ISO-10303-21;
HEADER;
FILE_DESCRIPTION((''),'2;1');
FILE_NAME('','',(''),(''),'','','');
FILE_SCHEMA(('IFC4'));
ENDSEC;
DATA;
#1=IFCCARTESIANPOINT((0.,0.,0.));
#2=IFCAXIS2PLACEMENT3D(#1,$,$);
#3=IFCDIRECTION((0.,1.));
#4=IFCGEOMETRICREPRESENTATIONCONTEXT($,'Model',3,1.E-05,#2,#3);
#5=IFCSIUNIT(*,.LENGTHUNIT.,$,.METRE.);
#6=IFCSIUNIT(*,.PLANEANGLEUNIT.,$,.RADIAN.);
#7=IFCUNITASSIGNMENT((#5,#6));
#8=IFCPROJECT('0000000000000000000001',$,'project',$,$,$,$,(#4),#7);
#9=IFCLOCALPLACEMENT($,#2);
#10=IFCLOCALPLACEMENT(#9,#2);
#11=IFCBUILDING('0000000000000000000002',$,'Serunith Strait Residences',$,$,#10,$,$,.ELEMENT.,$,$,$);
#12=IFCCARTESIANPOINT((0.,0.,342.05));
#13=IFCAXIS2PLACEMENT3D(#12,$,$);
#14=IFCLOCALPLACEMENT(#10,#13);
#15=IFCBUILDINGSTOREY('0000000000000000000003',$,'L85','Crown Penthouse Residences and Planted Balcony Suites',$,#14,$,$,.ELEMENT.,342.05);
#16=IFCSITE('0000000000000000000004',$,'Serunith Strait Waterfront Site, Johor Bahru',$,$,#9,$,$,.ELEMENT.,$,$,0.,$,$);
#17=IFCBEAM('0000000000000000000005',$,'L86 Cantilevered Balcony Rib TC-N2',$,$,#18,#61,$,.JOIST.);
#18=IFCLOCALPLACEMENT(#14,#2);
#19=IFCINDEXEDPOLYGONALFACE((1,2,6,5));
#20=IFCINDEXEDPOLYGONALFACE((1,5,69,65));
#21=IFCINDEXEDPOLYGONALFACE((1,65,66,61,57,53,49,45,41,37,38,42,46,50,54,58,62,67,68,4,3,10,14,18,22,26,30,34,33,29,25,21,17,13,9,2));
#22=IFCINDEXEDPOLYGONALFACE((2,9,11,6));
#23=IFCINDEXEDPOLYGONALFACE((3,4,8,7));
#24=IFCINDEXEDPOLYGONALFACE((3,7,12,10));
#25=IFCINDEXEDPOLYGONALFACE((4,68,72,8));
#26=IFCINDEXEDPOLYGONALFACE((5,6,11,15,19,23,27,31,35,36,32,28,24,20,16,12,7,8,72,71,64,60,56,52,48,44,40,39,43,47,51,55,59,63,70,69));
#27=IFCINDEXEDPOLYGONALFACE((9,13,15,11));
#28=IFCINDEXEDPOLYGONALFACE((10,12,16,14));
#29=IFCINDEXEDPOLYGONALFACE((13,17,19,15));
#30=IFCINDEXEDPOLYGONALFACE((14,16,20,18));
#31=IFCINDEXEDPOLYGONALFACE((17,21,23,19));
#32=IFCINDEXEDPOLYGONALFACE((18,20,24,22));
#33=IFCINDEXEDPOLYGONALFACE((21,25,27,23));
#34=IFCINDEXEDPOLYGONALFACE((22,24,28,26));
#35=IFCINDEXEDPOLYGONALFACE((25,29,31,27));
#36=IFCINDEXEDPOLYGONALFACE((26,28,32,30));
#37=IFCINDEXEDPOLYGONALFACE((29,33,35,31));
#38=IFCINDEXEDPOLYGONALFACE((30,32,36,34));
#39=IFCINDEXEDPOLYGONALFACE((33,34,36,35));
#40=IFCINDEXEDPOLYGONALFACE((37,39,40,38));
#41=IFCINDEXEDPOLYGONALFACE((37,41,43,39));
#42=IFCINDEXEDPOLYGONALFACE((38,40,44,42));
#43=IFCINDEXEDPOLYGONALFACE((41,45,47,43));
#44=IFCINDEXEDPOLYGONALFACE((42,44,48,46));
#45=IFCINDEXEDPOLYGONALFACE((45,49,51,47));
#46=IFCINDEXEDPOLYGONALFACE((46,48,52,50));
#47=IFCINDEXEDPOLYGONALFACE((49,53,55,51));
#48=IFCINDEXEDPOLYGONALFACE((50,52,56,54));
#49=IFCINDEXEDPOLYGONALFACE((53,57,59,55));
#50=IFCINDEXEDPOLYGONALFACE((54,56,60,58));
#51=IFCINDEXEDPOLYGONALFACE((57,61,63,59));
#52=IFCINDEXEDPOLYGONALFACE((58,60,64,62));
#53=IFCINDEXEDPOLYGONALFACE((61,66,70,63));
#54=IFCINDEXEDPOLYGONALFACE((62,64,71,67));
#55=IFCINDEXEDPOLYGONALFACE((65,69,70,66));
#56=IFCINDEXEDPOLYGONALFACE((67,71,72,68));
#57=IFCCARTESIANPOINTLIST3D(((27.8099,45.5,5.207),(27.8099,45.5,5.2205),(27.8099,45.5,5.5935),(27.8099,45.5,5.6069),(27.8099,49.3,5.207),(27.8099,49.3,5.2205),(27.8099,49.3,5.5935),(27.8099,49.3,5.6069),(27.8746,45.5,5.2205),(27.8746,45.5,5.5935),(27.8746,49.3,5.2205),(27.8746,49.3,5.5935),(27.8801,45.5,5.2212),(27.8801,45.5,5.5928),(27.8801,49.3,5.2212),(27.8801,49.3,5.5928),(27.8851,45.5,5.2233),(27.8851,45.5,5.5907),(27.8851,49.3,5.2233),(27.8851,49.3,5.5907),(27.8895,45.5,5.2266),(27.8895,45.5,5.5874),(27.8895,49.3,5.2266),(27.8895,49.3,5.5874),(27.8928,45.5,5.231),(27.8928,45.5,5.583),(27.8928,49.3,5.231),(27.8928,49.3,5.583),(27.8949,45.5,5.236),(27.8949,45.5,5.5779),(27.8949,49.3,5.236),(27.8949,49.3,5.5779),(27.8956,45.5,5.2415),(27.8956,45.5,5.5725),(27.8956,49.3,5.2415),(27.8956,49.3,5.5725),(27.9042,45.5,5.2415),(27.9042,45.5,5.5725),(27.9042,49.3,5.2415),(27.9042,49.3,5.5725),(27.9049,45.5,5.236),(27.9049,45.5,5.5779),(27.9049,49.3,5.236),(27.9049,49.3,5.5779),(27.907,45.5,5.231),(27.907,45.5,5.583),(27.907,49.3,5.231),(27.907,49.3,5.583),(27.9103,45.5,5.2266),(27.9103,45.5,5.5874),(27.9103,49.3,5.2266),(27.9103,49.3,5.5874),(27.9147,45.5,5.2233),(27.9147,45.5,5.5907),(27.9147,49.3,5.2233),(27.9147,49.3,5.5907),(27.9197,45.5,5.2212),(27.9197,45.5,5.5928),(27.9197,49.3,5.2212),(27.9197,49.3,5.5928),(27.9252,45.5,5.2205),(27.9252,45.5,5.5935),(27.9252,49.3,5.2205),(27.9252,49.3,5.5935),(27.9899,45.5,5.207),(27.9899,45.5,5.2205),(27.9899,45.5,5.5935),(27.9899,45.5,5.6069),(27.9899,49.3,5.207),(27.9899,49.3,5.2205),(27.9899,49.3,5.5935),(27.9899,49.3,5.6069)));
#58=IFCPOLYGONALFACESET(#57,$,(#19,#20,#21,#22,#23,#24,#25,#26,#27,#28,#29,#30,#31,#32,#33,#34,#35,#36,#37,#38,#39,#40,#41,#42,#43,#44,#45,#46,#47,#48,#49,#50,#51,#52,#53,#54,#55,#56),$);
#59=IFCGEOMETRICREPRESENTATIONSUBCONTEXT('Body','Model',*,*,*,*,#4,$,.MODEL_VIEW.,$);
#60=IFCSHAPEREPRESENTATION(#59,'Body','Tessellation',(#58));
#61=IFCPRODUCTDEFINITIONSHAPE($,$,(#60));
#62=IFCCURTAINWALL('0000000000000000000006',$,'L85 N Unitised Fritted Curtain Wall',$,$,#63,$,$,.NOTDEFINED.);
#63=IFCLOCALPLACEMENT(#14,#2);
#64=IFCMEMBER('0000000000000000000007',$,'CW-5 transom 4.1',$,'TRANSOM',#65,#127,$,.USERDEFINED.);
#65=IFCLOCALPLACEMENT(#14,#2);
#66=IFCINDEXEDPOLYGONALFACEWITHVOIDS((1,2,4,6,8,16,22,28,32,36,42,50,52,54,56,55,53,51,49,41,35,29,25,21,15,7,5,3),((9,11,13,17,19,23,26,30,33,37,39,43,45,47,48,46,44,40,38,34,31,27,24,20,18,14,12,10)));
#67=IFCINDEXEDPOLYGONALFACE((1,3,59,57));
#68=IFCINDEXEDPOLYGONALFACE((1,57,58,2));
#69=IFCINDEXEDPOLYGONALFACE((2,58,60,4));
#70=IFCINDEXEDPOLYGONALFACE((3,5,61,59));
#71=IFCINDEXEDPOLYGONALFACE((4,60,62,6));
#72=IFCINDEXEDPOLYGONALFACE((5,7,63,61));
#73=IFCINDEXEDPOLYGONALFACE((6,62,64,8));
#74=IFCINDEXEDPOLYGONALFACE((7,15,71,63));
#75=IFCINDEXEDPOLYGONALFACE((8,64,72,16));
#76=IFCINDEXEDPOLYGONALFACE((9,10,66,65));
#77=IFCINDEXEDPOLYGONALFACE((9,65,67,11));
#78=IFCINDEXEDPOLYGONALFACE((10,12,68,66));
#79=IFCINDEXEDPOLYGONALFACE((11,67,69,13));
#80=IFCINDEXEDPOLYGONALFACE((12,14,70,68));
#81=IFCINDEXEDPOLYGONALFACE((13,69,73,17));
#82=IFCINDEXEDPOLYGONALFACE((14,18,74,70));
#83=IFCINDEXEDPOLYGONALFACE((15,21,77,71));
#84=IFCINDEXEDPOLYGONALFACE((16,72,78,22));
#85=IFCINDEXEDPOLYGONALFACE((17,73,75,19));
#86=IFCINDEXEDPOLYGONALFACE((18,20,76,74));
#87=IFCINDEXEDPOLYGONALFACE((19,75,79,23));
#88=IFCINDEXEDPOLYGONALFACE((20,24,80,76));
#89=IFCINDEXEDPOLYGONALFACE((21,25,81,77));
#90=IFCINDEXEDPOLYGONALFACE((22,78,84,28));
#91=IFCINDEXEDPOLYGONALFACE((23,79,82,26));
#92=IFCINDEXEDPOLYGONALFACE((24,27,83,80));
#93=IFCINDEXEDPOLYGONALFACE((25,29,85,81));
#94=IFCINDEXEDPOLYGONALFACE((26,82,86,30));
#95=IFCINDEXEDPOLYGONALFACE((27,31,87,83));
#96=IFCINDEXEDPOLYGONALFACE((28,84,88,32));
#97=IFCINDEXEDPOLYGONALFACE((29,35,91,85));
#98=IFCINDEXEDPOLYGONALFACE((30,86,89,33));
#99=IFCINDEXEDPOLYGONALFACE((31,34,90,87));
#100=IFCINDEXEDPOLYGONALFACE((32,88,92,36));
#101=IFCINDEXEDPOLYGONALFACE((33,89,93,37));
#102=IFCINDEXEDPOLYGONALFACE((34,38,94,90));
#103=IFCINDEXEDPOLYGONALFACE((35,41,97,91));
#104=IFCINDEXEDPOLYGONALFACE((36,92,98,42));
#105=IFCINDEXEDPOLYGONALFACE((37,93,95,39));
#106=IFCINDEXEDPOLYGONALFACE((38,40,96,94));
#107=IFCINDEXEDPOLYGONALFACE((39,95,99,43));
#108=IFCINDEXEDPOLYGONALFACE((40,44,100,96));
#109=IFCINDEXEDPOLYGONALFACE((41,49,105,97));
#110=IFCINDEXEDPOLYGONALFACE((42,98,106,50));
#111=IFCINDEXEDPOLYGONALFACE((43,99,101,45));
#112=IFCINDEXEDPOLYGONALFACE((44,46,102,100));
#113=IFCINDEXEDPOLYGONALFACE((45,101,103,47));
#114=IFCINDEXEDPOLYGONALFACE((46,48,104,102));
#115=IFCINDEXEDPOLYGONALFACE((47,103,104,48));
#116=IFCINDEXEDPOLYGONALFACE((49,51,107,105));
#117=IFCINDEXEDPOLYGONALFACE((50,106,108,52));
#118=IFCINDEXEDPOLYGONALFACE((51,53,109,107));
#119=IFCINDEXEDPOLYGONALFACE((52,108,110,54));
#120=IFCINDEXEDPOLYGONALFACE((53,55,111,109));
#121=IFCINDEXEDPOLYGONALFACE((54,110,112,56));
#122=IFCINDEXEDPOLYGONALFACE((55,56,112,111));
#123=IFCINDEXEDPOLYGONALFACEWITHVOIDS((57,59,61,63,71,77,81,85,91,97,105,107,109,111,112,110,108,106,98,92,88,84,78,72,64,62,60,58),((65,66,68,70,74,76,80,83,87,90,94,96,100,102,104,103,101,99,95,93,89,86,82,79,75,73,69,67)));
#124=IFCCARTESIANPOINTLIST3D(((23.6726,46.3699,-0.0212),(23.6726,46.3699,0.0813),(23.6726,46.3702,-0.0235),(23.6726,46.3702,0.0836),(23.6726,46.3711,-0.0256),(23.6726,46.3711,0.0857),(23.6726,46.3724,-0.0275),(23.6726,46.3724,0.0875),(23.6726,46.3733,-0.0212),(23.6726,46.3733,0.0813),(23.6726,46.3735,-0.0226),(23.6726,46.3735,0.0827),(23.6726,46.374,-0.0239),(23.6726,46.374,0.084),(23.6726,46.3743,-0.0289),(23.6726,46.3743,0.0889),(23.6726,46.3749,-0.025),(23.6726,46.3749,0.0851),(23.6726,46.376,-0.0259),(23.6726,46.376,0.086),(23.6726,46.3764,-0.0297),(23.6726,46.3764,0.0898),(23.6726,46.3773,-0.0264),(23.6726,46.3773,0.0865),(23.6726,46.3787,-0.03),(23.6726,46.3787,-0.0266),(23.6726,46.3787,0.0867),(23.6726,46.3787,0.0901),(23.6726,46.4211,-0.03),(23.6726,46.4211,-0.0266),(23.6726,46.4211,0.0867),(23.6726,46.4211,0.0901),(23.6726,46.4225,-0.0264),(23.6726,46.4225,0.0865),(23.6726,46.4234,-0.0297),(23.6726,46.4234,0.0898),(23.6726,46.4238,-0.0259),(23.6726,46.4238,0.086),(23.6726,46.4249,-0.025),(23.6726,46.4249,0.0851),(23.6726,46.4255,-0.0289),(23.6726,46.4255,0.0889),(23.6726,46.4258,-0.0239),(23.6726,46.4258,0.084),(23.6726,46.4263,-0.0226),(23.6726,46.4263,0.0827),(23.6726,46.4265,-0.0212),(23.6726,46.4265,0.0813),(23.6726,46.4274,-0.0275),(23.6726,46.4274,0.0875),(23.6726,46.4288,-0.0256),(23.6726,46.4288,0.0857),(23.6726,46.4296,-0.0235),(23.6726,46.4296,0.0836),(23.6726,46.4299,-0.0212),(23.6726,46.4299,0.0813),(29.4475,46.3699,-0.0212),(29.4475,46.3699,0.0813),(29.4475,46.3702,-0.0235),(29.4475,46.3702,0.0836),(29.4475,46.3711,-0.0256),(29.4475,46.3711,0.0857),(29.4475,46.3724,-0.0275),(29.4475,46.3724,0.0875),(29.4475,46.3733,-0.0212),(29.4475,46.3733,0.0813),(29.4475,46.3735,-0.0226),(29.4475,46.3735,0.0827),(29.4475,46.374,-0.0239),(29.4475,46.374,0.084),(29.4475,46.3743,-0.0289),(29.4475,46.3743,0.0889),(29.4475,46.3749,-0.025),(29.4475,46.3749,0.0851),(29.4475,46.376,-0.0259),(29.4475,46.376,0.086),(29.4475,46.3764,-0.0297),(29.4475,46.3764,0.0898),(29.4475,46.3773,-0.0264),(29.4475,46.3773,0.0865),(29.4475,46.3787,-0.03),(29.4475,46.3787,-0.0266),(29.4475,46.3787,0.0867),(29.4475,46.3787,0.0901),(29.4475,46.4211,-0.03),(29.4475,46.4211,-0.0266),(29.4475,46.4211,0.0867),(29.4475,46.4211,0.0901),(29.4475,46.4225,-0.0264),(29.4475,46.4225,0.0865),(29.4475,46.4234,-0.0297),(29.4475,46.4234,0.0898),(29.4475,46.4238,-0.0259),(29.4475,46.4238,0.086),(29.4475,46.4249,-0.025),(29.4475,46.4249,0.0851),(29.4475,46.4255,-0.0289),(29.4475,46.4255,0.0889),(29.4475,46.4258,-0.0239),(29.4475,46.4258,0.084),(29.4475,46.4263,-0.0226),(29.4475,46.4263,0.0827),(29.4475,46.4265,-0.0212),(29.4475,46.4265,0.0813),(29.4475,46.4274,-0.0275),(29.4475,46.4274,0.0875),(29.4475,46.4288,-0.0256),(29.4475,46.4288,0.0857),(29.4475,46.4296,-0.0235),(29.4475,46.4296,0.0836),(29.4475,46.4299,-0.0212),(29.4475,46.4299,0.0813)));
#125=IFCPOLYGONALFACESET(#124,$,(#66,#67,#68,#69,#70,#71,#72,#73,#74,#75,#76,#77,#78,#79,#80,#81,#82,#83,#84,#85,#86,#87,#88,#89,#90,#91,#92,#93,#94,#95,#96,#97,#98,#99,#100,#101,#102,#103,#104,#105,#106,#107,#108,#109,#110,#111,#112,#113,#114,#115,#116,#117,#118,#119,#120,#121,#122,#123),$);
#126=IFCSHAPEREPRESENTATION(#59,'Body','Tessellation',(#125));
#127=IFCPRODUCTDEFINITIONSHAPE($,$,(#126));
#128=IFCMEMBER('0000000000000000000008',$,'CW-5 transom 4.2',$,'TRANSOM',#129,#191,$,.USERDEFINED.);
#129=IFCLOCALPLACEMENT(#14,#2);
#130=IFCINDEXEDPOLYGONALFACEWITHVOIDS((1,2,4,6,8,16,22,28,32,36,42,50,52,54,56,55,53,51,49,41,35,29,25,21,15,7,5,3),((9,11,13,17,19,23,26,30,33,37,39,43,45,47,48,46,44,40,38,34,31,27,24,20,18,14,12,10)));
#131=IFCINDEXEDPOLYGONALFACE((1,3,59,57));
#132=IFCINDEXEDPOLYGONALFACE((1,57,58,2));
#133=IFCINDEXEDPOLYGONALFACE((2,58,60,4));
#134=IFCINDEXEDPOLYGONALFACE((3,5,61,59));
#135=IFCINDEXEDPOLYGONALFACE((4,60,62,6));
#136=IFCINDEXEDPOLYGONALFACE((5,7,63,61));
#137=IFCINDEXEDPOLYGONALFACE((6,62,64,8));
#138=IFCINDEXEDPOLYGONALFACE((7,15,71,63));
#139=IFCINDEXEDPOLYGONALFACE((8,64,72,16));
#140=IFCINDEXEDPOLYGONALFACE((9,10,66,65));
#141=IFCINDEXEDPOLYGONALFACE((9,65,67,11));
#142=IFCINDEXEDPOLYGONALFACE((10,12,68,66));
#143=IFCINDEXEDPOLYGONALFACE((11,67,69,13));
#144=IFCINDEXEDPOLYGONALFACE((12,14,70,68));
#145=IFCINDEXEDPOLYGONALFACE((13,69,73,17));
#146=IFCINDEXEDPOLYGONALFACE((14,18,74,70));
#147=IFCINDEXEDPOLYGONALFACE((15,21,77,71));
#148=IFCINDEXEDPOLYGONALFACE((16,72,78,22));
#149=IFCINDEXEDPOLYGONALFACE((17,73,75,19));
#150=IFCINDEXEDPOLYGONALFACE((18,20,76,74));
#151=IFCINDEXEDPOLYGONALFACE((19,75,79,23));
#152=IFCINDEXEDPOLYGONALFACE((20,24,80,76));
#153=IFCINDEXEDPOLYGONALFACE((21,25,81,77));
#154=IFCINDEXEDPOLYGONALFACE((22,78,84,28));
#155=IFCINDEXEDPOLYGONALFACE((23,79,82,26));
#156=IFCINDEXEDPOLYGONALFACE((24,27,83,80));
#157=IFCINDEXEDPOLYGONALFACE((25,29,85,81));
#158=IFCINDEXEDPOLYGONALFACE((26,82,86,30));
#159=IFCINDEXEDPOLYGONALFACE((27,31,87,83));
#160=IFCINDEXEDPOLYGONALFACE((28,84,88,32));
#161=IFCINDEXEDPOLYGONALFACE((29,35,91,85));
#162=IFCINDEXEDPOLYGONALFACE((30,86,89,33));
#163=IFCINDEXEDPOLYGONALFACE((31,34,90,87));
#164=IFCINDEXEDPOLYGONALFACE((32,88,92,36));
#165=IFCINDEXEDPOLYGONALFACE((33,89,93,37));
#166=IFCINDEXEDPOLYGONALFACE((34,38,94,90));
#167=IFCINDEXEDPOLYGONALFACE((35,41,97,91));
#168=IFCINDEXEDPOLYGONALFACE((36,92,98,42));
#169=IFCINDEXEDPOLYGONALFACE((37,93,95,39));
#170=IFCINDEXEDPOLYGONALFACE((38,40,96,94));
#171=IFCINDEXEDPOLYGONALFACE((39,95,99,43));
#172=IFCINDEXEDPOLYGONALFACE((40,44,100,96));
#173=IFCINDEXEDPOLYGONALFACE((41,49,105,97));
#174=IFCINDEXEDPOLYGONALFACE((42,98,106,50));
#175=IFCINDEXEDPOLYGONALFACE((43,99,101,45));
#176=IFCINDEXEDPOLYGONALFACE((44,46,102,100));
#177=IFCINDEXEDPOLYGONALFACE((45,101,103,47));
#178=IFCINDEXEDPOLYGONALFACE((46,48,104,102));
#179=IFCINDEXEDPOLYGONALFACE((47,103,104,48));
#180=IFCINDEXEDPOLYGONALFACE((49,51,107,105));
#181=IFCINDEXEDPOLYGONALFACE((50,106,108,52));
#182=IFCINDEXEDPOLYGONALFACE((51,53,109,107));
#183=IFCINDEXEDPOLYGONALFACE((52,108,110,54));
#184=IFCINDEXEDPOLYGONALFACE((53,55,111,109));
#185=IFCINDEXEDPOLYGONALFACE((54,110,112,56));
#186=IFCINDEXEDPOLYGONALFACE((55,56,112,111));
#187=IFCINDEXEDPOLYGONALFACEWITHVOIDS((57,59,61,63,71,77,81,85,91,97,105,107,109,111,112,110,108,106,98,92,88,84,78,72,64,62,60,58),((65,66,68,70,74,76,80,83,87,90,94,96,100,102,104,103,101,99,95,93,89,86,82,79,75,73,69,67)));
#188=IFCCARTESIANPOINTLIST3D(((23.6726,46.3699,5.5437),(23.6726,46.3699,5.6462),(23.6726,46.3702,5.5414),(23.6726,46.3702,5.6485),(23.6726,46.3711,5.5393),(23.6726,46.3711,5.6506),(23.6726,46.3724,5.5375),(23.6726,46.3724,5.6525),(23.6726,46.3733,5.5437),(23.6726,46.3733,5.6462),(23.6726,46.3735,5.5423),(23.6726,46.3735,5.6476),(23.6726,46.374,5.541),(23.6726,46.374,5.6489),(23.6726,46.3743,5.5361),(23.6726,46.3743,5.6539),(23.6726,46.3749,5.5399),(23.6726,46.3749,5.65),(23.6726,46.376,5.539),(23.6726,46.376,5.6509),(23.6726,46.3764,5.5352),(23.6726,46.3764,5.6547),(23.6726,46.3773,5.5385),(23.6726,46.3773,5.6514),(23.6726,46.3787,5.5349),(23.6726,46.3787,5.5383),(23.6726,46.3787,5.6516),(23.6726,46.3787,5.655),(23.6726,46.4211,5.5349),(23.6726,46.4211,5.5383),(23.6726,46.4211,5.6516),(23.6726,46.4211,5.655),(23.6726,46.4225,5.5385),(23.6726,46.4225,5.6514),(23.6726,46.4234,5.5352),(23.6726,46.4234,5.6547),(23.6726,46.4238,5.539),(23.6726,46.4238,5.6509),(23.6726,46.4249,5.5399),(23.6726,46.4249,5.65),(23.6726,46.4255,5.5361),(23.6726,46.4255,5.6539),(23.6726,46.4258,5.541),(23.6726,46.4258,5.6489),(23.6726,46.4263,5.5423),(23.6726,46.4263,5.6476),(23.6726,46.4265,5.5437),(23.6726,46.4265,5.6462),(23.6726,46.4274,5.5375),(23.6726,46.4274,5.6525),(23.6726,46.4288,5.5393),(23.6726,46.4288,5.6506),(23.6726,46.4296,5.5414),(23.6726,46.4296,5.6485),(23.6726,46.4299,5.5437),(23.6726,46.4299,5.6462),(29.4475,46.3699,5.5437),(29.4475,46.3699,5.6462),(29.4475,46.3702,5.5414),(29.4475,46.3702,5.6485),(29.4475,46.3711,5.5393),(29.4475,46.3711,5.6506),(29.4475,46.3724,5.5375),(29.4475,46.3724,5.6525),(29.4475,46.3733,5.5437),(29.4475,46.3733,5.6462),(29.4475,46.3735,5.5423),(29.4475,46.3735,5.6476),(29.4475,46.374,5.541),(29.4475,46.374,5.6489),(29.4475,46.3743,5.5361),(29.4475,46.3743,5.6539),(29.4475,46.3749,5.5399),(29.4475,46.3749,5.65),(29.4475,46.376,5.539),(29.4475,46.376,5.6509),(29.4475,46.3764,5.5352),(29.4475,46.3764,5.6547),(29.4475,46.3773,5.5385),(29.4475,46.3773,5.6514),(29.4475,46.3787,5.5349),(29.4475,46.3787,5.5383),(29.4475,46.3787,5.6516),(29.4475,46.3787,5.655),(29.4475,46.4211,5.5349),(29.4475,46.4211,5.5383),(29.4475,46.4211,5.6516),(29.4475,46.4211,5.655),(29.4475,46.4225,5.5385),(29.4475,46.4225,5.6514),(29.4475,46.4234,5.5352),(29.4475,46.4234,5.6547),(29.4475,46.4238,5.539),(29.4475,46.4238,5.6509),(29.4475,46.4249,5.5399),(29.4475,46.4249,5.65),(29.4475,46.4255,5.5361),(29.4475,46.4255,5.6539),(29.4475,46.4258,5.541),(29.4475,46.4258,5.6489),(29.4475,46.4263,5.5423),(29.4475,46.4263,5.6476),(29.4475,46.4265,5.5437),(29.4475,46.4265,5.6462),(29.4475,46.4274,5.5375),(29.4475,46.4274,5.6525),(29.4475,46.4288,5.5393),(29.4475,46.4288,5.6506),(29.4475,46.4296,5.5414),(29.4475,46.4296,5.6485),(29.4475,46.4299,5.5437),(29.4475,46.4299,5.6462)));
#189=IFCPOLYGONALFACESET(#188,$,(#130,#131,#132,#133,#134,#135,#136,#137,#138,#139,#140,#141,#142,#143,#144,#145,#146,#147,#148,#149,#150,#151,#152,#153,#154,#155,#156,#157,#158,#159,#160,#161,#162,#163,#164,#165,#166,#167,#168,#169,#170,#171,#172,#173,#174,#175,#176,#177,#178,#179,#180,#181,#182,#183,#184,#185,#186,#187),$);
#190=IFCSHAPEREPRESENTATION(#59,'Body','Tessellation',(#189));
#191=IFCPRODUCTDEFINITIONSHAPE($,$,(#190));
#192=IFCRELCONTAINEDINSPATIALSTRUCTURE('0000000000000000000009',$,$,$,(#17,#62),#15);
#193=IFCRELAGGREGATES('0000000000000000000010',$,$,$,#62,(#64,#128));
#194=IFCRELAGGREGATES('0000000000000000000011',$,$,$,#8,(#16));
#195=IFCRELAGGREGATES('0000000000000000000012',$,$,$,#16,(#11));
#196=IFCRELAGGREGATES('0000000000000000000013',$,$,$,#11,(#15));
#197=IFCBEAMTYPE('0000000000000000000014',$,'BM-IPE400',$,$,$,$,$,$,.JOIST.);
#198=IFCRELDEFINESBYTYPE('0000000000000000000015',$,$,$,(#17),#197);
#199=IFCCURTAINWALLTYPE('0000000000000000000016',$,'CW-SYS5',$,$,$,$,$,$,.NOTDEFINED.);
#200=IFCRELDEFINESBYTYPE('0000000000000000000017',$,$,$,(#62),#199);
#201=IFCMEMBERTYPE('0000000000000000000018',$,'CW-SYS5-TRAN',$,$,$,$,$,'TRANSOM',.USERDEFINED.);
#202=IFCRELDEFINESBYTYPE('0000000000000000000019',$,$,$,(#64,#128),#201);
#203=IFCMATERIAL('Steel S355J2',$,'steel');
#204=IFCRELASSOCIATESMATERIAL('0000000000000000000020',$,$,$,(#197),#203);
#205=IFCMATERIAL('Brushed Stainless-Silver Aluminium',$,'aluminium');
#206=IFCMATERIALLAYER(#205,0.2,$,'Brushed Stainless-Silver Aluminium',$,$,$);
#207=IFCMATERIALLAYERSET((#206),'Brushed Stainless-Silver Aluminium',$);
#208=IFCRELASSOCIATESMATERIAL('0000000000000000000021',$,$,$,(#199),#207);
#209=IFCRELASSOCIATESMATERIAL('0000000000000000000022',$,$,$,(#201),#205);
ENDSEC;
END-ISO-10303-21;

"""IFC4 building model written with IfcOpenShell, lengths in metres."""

from ifc_helpers import new_model, si_unit, direction, frame, origin, origin_2d, place, context, subcontext, project, spatial, hollow_rectangle, i_section, extrude, source, transform, mapped, material, layer, layer_set, material_profile, profile_set, type_object, element, aggregate, save


model = new_model("IFC4")

# Units and contexts
model_context = context("Model", 3, precision=1e-05, world=origin(), true_north=direction((0.0, 1.0)))
body_context = subcontext(model_context, "Body", "Model", "MODEL_VIEW")
ifc_project = project(units=[si_unit("LENGTHUNIT", "METRE"), si_unit("PLANEANGLEUNIT", "RADIAN")], contexts=[model_context])

# Site, building, storey
site_placement = place(None, origin())
site = spatial("IfcSite", under=ifc_project, at=site_placement, Name="Serunith Strait Waterfront Site, Johor Bahru", CompositionType="ELEMENT", RefElevation=0.0)
building_placement = place(site_placement, origin())
building = spatial("IfcBuilding", under=site, at=building_placement, Name="Serunith Strait Residences", CompositionType="ELEMENT")
storey_placement = place(building_placement, frame((0.0, 0.0, 342.05)))
storey = spatial("IfcBuildingStorey", under=building, at=storey_placement, Name="L85", Description="Crown Penthouse Residences and Planted Balcony Suites", CompositionType="ELEMENT", Elevation=342.05)

# Beam
ifc_material_1 = material(Name="Steel S355J2", Category="steel")
ifc_material_profile_1 = material_profile(ifc_material_1, i_section(OverallWidth=0.1799, OverallDepth=0.3999, WebThickness=0.0085, FlangeThickness=0.0134, FilletRadius=0.021, at=origin_2d()), Name="IPE 400")
ifc_profile_set_1 = profile_set([ifc_material_profile_1], Name="Steel S355J2")
beam_type_1 = type_object("IfcBeamType", Name="BM-IPE400", PredefinedType="JOIST", material=ifc_profile_set_1)
shared_shape_1 = source(origin(), body_context, "Body", "SweptSolid", [
    extrude(i_section(OverallWidth=0.1799, OverallDepth=0.3999, WebThickness=0.0085, FlangeThickness=0.0134, FilletRadius=0.021, at=origin_2d()), origin(), (0.0, 0.0, 1.0), 3.8),
])
beam_1_placement = place(storey_placement, frame((27.8999, 45.5, 5.407), z_axis=(0.0, 1.0, 0.0), x_axis=(-1.0, 0.0, 0.0)))
element("IfcBeam", 1, at=beam_1_placement, inside=storey, type_object=beam_type_1, Name="L86 Cantilevered Balcony Rib TC-N2", PredefinedType="JOIST", context=body_context, shape_type="MappedRepresentation", body=[
    mapped(shared_shape_1, transform((0.0, 0.0, 0.0), scale=1.0)),
])

# Curtain wall, members
ifc_material_2 = material(Name="Brushed Stainless-Silver Aluminium", Category="aluminium")
ifc_layer_1 = layer(ifc_material_2, 0.2, Name="Brushed Stainless-Silver Aluminium")
ifc_layer_set_1 = layer_set([ifc_layer_1], Name="Brushed Stainless-Silver Aluminium")
curtain_wall_type = type_object("IfcCurtainWallType", Name="CW-SYS5", PredefinedType="NOTDEFINED", material=ifc_layer_set_1)
curtain_wall_placement = place(storey_placement, origin())
curtain_wall = element("IfcCurtainWall", 2, at=curtain_wall_placement, inside=storey, type_object=curtain_wall_type, Name="L85 N Unitised Fritted Curtain Wall", PredefinedType="NOTDEFINED")
ifc_material_profile_2 = material_profile(ifc_material_2, hollow_rectangle(XDim=0.0601, YDim=0.1201, WallThickness=0.0034, InnerFilletRadius=0.0054, OuterFilletRadius=0.0088, at=origin_2d()), Name="ALU 120x60x3.5")
ifc_profile_set_2 = profile_set([ifc_material_profile_2], Name="Brushed Stainless-Silver Aluminium")
member_type_1 = type_object("IfcMemberType", Name="CW-SYS5-TRAN", ElementType="TRANSOM", PredefinedType="USERDEFINED", material=ifc_profile_set_2)
shared_shape_2 = source(origin(), body_context, "Body", "SweptSolid", [
    extrude(hollow_rectangle(XDim=0.0601, YDim=0.1201, WallThickness=0.0034, InnerFilletRadius=0.0054, OuterFilletRadius=0.0088, at=origin_2d()), origin(), (0.0, 0.0, 1.0), 5.7749),
])
member_1_placement = place(storey_placement, frame((29.4475, 46.3999, 0.03), z_axis=(-1.0, 0.0, 0.0), x_axis=(0.0, -1.0, 0.0)))
member_1 = element("IfcMember", 3, at=member_1_placement, type_object=member_type_1, Name="CW-5 transom 4.1", ObjectType="TRANSOM", PredefinedType="USERDEFINED", context=body_context, shape_type="MappedRepresentation", body=[
    mapped(shared_shape_2, transform((0.0, 0.0, 0.0), scale=1.0)),
])
member_2_placement = place(storey_placement, frame((29.4475, 46.3999, 5.595), z_axis=(-1.0, 0.0, 0.0), x_axis=(0.0, -1.0, 0.0)))
member_2 = element("IfcMember", 4, at=member_2_placement, type_object=member_type_1, Name="CW-5 transom 4.2", ObjectType="TRANSOM", PredefinedType="USERDEFINED", context=body_context, shape_type="MappedRepresentation", body=[
    mapped(shared_shape_2, transform((0.0, 0.0, 0.0), scale=1.0)),
])
aggregate(curtain_wall, [member_1, member_2])

save(model, "model.ifc")
